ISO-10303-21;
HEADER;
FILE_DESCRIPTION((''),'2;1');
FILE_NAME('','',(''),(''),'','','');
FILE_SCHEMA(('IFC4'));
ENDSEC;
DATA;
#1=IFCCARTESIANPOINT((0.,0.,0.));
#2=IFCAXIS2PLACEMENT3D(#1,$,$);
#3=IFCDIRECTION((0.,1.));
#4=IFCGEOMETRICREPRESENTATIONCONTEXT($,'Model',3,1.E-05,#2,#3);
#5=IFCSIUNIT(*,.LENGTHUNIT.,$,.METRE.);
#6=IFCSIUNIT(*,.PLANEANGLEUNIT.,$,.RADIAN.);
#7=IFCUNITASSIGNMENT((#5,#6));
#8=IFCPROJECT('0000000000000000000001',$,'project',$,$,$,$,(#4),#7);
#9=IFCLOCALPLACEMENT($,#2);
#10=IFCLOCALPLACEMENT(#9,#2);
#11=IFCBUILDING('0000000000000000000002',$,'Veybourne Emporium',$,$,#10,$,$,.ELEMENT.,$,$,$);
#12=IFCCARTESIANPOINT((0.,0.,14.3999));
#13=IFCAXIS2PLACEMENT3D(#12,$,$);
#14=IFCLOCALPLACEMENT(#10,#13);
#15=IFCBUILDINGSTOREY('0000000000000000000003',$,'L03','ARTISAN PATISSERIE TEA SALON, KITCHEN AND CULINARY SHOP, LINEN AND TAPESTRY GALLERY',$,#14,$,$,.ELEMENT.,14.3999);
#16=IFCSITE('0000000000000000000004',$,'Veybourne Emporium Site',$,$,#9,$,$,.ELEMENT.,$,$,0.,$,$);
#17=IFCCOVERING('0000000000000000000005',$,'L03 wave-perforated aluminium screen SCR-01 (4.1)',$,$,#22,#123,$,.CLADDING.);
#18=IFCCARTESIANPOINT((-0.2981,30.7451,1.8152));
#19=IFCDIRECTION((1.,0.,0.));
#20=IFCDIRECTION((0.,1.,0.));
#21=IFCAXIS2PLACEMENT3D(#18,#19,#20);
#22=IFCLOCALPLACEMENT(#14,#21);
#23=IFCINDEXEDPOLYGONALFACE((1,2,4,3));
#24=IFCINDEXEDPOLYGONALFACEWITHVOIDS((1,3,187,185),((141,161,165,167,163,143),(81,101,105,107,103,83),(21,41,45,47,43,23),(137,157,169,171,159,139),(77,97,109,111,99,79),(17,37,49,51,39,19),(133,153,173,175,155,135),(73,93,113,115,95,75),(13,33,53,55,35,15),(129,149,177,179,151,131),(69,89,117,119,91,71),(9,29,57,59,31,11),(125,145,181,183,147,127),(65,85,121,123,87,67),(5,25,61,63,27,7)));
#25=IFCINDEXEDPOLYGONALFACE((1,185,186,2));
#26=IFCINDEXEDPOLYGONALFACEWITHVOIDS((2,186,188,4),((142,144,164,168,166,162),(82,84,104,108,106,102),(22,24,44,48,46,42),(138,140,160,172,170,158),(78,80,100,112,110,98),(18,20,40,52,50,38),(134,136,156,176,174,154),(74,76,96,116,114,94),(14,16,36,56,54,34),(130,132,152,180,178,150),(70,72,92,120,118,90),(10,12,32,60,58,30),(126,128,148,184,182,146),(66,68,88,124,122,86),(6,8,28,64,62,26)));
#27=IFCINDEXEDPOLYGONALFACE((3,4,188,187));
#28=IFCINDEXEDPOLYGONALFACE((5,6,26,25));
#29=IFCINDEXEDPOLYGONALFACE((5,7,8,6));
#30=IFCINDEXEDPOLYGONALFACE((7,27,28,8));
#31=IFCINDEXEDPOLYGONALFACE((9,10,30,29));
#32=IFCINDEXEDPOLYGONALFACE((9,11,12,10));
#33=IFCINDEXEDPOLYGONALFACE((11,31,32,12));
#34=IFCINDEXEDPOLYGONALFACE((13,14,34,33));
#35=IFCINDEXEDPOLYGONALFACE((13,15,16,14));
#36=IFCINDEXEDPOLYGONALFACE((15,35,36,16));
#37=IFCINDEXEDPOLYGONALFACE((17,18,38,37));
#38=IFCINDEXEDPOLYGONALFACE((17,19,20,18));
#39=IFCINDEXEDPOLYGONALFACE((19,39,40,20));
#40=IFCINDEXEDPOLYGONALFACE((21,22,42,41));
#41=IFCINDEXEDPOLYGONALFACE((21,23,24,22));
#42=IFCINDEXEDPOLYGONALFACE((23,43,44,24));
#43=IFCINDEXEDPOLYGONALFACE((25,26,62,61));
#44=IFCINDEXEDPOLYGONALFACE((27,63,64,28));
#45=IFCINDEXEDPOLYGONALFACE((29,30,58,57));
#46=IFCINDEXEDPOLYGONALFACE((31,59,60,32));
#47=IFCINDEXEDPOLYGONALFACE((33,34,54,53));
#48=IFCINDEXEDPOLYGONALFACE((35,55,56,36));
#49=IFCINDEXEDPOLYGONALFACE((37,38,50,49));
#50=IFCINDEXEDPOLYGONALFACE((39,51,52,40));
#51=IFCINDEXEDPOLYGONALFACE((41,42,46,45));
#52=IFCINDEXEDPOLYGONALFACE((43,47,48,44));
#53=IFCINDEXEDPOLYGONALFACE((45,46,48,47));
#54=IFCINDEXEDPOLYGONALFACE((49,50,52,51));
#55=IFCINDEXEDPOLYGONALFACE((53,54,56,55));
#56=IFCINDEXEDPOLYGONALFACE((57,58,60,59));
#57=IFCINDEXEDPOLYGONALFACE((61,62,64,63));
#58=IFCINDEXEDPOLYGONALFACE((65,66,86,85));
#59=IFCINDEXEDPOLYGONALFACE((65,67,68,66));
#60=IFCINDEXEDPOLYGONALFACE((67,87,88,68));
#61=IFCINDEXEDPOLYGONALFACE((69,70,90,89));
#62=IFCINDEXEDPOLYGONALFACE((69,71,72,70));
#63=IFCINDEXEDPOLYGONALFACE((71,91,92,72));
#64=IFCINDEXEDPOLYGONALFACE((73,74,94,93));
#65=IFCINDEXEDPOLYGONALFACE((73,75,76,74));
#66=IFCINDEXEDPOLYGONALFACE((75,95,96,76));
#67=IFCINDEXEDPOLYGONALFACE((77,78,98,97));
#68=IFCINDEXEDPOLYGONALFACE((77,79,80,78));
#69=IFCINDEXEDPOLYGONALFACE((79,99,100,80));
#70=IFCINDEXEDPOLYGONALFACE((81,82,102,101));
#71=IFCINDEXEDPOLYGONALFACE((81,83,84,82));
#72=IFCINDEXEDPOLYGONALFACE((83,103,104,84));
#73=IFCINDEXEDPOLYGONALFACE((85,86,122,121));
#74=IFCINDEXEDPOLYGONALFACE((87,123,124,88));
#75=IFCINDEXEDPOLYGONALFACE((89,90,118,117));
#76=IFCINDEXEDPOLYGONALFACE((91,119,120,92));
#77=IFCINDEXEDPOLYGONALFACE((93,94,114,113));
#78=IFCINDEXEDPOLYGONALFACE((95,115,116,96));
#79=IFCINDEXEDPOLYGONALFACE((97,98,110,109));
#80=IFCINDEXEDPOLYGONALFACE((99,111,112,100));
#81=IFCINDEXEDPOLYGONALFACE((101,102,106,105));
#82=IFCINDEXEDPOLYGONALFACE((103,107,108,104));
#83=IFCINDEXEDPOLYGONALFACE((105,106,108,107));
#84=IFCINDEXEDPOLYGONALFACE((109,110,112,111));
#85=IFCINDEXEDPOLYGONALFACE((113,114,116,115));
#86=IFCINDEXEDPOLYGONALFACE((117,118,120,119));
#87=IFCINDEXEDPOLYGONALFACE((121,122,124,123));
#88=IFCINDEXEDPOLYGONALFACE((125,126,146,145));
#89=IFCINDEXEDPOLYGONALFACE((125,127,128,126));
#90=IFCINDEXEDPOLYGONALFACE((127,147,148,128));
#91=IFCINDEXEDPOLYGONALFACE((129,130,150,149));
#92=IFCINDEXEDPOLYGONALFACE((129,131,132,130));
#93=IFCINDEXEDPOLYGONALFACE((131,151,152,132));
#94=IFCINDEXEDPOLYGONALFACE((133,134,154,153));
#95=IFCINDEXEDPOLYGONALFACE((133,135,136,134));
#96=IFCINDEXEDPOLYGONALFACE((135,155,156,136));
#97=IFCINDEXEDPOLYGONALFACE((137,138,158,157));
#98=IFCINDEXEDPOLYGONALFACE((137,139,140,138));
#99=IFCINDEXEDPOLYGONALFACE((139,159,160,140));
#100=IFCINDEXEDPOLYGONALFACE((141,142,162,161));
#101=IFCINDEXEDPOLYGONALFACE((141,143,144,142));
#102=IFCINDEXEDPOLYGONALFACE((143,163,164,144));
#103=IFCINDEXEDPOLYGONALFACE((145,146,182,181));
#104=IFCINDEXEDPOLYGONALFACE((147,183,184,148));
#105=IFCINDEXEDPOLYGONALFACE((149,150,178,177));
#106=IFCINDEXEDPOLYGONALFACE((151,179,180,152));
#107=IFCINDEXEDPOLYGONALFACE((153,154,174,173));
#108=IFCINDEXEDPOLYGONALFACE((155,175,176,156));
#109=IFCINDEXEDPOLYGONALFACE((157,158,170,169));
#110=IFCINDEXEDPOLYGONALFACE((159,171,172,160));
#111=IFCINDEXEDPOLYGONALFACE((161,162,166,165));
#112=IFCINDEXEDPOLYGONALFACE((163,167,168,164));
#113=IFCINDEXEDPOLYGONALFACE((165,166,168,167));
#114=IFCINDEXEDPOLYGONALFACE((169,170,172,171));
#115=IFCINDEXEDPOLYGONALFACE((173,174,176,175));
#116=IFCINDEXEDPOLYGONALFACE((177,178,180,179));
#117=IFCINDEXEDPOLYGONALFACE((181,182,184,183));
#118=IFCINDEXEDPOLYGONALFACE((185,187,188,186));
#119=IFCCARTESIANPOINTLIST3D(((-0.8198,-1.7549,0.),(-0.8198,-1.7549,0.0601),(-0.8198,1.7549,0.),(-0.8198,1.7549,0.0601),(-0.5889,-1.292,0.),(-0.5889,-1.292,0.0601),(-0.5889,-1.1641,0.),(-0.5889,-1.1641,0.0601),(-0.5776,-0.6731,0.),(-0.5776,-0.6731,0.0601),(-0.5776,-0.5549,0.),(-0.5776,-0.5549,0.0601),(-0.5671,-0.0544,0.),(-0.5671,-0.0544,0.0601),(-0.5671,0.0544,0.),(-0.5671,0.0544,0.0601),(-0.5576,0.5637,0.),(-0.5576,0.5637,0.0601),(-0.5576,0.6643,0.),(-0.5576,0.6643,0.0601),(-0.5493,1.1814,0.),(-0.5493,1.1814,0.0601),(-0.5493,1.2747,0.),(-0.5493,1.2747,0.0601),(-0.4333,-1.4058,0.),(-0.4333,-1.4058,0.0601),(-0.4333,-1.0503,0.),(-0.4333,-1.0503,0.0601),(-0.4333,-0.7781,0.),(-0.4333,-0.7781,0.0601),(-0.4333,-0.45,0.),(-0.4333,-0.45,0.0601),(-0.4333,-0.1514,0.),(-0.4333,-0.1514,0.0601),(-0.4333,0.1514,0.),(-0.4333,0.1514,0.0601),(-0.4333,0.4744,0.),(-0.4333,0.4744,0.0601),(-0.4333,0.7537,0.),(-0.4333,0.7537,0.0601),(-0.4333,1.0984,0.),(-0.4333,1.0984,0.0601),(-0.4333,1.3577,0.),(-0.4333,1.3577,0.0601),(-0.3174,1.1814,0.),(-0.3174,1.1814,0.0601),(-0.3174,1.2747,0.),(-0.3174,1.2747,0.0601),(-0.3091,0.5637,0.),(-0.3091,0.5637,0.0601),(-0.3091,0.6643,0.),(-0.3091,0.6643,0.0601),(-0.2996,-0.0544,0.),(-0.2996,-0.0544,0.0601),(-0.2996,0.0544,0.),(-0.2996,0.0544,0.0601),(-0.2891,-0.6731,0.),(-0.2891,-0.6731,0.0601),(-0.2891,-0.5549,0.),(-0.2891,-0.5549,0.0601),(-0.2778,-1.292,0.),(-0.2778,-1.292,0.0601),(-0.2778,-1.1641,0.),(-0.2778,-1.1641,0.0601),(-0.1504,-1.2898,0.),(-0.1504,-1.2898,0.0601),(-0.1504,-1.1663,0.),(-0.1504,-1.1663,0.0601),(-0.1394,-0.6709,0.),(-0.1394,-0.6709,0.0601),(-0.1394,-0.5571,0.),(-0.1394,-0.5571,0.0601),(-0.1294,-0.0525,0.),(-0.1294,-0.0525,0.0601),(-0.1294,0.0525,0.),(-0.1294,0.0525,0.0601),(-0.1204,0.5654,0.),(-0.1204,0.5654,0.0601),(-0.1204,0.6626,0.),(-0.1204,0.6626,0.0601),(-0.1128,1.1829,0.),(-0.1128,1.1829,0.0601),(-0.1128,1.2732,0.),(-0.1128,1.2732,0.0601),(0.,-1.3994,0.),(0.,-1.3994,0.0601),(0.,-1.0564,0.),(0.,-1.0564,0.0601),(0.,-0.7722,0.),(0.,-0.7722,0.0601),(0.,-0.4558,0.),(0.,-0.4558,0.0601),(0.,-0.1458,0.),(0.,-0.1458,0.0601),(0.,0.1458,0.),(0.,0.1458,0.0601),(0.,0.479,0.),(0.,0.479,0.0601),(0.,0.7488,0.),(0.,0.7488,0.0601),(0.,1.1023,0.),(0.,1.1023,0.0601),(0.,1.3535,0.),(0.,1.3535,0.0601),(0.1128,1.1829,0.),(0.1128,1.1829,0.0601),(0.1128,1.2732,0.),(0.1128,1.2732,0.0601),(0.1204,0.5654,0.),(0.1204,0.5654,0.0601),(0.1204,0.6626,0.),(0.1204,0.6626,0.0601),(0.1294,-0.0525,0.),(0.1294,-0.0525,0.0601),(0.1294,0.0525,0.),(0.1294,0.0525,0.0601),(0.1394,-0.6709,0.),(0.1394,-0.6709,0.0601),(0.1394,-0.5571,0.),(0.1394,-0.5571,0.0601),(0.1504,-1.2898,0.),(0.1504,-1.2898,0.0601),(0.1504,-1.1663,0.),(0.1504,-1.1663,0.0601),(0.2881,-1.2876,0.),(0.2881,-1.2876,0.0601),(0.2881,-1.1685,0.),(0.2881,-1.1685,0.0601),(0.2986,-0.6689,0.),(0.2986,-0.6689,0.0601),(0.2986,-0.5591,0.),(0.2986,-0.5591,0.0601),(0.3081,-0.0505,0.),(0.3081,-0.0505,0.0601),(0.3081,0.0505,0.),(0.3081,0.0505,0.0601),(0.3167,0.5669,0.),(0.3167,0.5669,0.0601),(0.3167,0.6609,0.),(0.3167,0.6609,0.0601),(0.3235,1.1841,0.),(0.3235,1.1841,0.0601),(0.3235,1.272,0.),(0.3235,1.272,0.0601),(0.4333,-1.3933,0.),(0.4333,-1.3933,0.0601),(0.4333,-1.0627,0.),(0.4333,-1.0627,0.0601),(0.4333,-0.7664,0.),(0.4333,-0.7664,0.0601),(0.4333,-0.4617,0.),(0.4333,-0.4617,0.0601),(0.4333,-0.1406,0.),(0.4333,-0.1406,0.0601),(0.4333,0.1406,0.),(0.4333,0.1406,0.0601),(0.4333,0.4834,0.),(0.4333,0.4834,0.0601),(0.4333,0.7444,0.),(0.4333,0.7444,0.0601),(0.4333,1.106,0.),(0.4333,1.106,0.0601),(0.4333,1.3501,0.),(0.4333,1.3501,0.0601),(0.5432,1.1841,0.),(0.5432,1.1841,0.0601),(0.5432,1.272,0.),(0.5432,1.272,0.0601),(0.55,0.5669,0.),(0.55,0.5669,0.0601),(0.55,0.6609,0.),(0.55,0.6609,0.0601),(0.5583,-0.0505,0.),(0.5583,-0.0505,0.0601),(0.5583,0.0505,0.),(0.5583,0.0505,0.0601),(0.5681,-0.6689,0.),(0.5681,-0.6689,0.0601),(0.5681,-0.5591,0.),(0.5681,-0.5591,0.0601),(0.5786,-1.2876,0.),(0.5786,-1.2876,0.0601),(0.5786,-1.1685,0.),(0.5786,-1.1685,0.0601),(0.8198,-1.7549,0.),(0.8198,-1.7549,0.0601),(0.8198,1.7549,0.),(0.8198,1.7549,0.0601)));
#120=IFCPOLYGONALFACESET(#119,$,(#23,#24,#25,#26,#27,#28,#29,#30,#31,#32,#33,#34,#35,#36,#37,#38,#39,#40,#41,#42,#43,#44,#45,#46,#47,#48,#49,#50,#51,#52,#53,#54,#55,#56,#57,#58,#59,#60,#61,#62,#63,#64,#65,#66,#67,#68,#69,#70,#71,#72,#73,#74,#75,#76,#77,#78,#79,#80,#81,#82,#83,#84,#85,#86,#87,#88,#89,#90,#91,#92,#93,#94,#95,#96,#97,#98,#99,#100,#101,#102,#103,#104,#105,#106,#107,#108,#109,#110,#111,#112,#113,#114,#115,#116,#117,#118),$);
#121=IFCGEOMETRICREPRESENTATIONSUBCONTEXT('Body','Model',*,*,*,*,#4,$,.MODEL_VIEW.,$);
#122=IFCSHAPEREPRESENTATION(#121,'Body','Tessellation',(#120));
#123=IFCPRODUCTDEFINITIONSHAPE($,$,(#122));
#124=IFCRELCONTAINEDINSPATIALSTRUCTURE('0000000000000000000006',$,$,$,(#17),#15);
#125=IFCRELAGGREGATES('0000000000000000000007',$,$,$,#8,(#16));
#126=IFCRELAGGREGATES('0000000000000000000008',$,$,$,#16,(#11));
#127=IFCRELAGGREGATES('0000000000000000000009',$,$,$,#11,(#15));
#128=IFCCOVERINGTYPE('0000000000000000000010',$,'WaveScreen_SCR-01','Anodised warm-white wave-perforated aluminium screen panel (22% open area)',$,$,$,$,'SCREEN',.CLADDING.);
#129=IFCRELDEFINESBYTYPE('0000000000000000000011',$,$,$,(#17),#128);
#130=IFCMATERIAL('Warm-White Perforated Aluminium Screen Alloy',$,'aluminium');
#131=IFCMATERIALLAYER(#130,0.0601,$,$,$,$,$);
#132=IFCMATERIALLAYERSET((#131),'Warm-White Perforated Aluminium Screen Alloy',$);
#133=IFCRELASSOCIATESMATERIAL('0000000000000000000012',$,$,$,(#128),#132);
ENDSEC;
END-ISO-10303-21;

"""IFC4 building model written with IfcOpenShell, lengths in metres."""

from ifc_helpers import new_model, si_unit, direction, frame, origin, place, context, subcontext, project, spatial, polyline, outline, extrude, material, layer, layer_set, type_object, element, save


model = new_model("IFC4")

# Units and contexts
model_context = context("Model", 3, precision=1e-05, world=origin(), true_north=direction((0.0, 1.0)))
body_context = subcontext(model_context, "Body", "Model", "MODEL_VIEW")
ifc_project = project(units=[si_unit("LENGTHUNIT", "METRE"), si_unit("PLANEANGLEUNIT", "RADIAN")], contexts=[model_context])

# Site, building, storey
site_placement = place(None, origin())
site = spatial("IfcSite", under=ifc_project, at=site_placement, Name="Veybourne Emporium Site", CompositionType="ELEMENT", RefElevation=0.0)
building_placement = place(site_placement, origin())
building = spatial("IfcBuilding", under=site, at=building_placement, Name="Veybourne Emporium", CompositionType="ELEMENT")
storey_placement = place(building_placement, frame((0.0, 0.0, 14.3999)))
storey = spatial("IfcBuildingStorey", under=building, at=storey_placement, Name="L03", Description="ARTISAN PATISSERIE TEA SALON, KITCHEN AND CULINARY SHOP, LINEN AND TAPESTRY GALLERY", CompositionType="ELEMENT", Elevation=14.3999)

# Covering
ifc_material_1 = material(Name="Warm-White Perforated Aluminium Screen Alloy", Category="aluminium")
ifc_layer_1 = layer(ifc_material_1, 0.0601)
ifc_layer_set_1 = layer_set([ifc_layer_1], Name="Warm-White Perforated Aluminium Screen Alloy")
covering_type_1 = type_object("IfcCoveringType", Name="WaveScreen_SCR-01", Description="Anodised warm-white wave-perforated aluminium screen panel (22% open area)", ElementType="SCREEN", PredefinedType="CLADDING", material=ifc_layer_set_1)
covering_1_placement = place(storey_placement, frame((-0.2981, 30.7451, 1.8152), z_axis=(1.0, 0.0, 0.0), x_axis=(0.0, 1.0, 0.0)))
element("IfcCovering", 1, at=covering_1_placement, inside=storey, type_object=covering_type_1, Name="L03 wave-perforated aluminium screen SCR-01 (4.1)", PredefinedType="CLADDING", context=body_context, shape_type="SweptSolid", body=[
    extrude(outline(polyline([(-0.8198, -1.7549), (0.8198, -1.7549), (0.8198, 1.7549), (-0.8198, 1.7549), (-0.8198, -1.7549)]), holes=[polyline([(-0.4333, -1.0503), (-0.2778, -1.1641), (-0.2778, -1.292), (-0.4333, -1.4058), (-0.5889, -1.292), (-0.5889, -1.1641), (-0.4333, -1.0503)]), polyline([(-0.4333, -0.45), (-0.2891, -0.5549), (-0.2891, -0.6731), (-0.4333, -0.7781), (-0.5776, -0.6731), (-0.5776, -0.5549), (-0.4333, -0.45)]), polyline([(-0.4333, 0.1514), (-0.2996, 0.0544), (-0.2996, -0.0544), (-0.4333, -0.1514), (-0.5671, -0.0544), (-0.5671, 0.0544), (-0.4333, 0.1514)]), polyline([(-0.4333, 0.7537), (-0.3091, 0.6643), (-0.3091, 0.5637), (-0.4333, 0.4744), (-0.5576, 0.5637), (-0.5576, 0.6643), (-0.4333, 0.7537)]), polyline([(-0.4333, 1.3577), (-0.3174, 1.2747), (-0.3174, 1.1814), (-0.4333, 1.0984), (-0.5493, 1.1814), (-0.5493, 1.2747), (-0.4333, 1.3577)]), polyline([(0.0, -1.0564), (0.1504, -1.1663), (0.1504, -1.2898), (0.0, -1.3994), (-0.1504, -1.2898), (-0.1504, -1.1663), (0.0, -1.0564)]), polyline([(0.0, -0.4558), (0.1394, -0.5571), (0.1394, -0.6709), (0.0, -0.7722), (-0.1394, -0.6709), (-0.1394, -0.5571), (0.0, -0.4558)]), polyline([(0.0, 0.1458), (0.1294, 0.0525), (0.1294, -0.0525), (0.0, -0.1458), (-0.1294, -0.0525), (-0.1294, 0.0525), (0.0, 0.1458)]), polyline([(0.0, 0.7488), (0.1204, 0.6626), (0.1204, 0.5654), (0.0, 0.479), (-0.1204, 0.5654), (-0.1204, 0.6626), (0.0, 0.7488)]), polyline([(0.0, 1.3535), (0.1128, 1.2732), (0.1128, 1.1829), (0.0, 1.1023), (-0.1128, 1.1829), (-0.1128, 1.2732), (0.0, 1.3535)]), polyline([(0.4333, -1.0627), (0.5786, -1.1685), (0.5786, -1.2876), (0.4333, -1.3933), (0.2881, -1.2876), (0.2881, -1.1685), (0.4333, -1.0627)]), polyline([(0.4333, -0.4617), (0.5681, -0.5591), (0.5681, -0.6689), (0.4333, -0.7664), (0.2986, -0.6689), (0.2986, -0.5591), (0.4333, -0.4617)]), polyline([(0.4333, 0.1406), (0.5583, 0.0505), (0.5583, -0.0505), (0.4333, -0.1406), (0.3081, -0.0505), (0.3081, 0.0505), (0.4333, 0.1406)]), polyline([(0.4333, 0.7444), (0.55, 0.6609), (0.55, 0.5669), (0.4333, 0.4834), (0.3167, 0.5669), (0.3167, 0.6609), (0.4333, 0.7444)]), polyline([(0.4333, 1.3501), (0.5432, 1.272), (0.5432, 1.1841), (0.4333, 1.106), (0.3235, 1.1841), (0.3235, 1.272), (0.4333, 1.3501)])]), origin(), (0.0, 0.0, 1.0), 0.0601),
])

save(model, "model.ifc")
